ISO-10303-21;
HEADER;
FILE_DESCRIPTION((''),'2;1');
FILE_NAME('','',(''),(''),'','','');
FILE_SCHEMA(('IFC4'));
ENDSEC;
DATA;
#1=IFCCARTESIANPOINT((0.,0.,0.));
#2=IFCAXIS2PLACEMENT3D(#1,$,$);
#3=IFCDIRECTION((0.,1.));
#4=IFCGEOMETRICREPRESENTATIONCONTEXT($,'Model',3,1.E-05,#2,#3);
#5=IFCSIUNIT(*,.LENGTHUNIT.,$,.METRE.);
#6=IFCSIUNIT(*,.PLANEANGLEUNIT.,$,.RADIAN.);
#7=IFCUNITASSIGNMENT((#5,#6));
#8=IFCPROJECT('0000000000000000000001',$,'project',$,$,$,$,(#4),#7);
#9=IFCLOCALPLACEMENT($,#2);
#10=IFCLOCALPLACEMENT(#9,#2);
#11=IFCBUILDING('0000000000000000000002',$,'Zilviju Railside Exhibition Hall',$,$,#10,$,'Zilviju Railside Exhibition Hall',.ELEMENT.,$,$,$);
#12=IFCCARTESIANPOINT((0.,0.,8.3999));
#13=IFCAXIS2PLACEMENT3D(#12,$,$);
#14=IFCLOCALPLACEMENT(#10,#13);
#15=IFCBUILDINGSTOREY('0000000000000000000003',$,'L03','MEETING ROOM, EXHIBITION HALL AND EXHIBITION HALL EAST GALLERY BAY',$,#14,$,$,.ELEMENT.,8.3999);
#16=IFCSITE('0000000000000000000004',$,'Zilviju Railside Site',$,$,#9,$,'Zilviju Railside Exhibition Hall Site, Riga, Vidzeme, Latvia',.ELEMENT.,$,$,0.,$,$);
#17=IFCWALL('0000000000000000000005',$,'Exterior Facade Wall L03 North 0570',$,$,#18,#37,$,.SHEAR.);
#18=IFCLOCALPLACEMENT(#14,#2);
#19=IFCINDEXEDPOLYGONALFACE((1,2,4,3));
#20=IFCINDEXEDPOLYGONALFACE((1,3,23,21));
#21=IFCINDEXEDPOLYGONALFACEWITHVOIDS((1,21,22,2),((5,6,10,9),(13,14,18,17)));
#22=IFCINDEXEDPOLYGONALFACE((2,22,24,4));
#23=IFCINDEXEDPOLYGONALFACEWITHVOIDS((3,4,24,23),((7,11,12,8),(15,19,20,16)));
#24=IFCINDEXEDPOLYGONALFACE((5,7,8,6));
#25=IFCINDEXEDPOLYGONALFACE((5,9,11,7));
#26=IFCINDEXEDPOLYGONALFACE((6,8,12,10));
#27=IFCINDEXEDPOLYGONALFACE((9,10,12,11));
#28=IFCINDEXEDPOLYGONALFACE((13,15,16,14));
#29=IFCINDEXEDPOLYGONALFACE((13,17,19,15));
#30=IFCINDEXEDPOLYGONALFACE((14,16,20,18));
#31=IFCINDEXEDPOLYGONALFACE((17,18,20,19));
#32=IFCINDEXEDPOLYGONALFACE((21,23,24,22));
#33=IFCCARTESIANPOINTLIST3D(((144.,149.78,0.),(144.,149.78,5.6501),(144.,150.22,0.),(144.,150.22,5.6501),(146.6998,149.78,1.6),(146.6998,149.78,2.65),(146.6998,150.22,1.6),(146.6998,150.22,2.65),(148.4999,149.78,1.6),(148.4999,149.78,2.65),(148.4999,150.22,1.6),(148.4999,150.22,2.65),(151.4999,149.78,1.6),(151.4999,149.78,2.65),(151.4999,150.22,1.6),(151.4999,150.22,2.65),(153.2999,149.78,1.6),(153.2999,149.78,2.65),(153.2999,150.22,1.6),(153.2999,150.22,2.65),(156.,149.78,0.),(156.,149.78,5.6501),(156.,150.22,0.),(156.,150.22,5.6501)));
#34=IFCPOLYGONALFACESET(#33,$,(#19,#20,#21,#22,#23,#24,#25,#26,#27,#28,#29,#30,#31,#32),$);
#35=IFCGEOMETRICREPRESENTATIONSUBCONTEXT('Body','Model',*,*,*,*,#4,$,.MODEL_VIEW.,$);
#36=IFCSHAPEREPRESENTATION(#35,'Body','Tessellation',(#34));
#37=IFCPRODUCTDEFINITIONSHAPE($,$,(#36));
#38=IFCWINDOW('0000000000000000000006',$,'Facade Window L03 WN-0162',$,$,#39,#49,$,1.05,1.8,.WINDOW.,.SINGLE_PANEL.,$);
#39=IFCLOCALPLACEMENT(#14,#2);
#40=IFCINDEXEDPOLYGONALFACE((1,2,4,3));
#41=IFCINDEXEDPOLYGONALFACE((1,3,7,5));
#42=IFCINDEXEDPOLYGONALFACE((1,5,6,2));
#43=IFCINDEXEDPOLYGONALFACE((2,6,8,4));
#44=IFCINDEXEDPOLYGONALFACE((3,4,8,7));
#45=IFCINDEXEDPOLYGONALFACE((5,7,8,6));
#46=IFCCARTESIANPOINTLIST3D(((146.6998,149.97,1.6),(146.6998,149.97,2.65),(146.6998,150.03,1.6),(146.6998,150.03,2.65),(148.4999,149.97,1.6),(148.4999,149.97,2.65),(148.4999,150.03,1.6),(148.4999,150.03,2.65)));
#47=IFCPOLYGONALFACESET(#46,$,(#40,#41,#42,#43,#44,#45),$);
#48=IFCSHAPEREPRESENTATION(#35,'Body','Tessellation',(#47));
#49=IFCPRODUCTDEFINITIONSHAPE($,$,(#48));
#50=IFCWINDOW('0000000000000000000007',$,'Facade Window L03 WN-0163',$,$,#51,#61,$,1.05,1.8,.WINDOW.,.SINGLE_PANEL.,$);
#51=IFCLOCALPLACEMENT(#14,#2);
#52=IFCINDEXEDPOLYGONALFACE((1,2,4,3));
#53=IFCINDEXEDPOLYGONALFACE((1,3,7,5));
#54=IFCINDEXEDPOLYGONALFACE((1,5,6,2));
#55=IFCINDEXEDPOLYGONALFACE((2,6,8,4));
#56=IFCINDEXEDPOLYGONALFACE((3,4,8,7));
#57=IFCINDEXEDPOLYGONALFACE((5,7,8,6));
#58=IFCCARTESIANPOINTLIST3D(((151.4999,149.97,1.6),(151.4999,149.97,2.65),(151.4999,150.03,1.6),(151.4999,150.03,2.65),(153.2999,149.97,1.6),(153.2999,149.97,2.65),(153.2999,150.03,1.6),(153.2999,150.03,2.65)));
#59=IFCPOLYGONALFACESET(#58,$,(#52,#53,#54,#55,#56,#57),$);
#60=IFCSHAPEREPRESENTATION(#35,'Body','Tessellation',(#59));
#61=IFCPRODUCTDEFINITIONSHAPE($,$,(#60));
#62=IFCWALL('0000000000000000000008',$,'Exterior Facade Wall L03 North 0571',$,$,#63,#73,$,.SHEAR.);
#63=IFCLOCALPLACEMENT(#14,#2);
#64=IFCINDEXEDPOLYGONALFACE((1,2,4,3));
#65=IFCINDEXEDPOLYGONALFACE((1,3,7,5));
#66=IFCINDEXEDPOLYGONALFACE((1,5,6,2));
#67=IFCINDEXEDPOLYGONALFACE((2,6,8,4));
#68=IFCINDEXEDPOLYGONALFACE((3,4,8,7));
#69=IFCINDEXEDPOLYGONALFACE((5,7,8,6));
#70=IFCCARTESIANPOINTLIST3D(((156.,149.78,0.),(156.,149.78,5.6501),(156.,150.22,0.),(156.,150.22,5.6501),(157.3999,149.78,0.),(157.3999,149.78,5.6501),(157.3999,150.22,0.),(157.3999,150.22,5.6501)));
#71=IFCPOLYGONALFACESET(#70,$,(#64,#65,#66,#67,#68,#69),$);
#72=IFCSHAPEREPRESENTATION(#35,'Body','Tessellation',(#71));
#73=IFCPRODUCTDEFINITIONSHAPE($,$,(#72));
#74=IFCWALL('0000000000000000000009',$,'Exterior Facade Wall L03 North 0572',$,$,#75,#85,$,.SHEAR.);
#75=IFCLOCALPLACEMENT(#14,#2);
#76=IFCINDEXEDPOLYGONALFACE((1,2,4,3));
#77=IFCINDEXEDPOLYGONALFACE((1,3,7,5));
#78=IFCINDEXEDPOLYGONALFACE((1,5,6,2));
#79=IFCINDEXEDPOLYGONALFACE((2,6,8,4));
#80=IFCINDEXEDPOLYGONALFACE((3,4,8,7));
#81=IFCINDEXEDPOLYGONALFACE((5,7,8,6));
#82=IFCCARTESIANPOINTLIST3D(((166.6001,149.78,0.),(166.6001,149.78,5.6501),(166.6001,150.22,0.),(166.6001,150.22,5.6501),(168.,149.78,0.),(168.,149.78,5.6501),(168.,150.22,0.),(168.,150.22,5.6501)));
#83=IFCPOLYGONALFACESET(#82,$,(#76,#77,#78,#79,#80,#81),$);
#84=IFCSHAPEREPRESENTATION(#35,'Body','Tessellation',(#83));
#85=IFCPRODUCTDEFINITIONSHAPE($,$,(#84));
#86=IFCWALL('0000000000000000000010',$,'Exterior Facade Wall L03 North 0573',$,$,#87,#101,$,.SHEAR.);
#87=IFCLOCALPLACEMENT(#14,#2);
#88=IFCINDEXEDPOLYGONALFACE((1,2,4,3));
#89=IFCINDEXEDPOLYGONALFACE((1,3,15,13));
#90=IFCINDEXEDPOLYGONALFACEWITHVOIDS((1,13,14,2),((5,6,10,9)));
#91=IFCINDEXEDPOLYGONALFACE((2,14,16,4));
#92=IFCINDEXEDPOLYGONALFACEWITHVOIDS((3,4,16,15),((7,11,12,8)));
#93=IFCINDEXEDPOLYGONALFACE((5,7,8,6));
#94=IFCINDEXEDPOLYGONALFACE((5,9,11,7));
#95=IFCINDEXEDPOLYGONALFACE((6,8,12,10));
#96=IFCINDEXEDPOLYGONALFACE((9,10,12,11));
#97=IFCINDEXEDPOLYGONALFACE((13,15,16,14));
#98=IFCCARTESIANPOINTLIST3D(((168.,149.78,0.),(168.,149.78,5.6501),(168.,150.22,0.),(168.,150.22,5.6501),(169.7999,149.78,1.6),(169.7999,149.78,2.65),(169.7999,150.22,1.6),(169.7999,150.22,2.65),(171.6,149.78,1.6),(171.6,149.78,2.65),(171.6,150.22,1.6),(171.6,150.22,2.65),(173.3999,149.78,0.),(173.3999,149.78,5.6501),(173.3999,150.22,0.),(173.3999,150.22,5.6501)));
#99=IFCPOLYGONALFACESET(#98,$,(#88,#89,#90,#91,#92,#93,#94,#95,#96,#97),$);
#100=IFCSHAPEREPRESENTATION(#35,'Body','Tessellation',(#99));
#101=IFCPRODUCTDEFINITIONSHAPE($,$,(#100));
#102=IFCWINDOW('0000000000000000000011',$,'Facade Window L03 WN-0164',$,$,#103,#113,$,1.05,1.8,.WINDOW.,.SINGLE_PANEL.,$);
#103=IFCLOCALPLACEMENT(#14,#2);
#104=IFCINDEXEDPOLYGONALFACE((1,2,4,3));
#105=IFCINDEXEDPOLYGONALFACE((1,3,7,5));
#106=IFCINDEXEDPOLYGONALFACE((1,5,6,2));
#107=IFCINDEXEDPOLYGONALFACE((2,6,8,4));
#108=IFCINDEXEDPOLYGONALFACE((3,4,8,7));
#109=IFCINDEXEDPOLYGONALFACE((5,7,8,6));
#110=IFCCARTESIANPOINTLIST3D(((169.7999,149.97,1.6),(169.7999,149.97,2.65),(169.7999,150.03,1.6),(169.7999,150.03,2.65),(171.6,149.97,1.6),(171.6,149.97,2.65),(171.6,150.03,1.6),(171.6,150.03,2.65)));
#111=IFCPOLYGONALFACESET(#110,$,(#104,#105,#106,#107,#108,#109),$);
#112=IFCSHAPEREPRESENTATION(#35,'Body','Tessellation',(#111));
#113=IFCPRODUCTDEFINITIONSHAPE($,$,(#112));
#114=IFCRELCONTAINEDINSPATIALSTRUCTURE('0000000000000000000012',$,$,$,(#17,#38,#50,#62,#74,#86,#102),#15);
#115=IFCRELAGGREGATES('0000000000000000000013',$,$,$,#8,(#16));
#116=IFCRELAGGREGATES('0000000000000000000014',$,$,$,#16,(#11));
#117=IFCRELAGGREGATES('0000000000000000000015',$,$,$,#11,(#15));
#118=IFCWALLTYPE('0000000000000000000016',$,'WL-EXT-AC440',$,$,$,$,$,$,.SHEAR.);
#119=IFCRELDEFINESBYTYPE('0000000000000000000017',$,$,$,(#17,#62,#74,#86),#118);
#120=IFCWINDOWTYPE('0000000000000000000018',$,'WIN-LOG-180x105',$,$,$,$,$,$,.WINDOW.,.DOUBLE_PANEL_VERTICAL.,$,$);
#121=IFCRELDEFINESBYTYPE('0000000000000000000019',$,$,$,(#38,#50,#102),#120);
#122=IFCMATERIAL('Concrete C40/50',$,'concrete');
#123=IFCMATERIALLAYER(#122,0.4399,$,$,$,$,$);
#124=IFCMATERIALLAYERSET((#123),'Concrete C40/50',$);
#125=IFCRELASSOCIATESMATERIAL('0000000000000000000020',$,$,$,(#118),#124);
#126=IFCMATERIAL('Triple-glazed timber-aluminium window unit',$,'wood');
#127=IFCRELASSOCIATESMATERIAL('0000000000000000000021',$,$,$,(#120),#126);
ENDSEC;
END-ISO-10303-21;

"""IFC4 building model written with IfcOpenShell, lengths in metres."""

from ifc_helpers import new_model, si_unit, direction, frame, frame_2d, origin, place, context, subcontext, project, spatial, rectangle, extrude, material, layer, layer_set, type_object, element, fill, save


model = new_model("IFC4")

# Units and contexts
model_context = context("Model", 3, precision=1e-05, world=origin(), true_north=direction((0.0, 1.0)))
body_context = subcontext(model_context, "Body", "Model", "MODEL_VIEW")
ifc_project = project(units=[si_unit("LENGTHUNIT", "METRE"), si_unit("PLANEANGLEUNIT", "RADIAN")], contexts=[model_context])

# Site, building, storey
site_placement = place(None, origin())
site = spatial("IfcSite", under=ifc_project, at=site_placement, Name="Zilviju Railside Site", LongName="Zilviju Railside Exhibition Hall Site, Riga, Vidzeme, Latvia", CompositionType="ELEMENT", RefElevation=0.0)
building_placement = place(site_placement, origin())
building = spatial("IfcBuilding", under=site, at=building_placement, Name="Zilviju Railside Exhibition Hall", LongName="Zilviju Railside Exhibition Hall", CompositionType="ELEMENT")
storey_placement = place(building_placement, frame((0.0, 0.0, 8.3999)))
storey = spatial("IfcBuildingStorey", under=building, at=storey_placement, Name="L03", Description="MEETING ROOM, EXHIBITION HALL AND EXHIBITION HALL EAST GALLERY BAY", CompositionType="ELEMENT", Elevation=8.3999)

# Shared definitions
ifc_material_1 = material(Name="Concrete C40/50", Category="concrete")

# Wall, openings, windows
ifc_layer_1 = layer(ifc_material_1, 0.4399)
ifc_layer_set_1 = layer_set([ifc_layer_1], Name="Concrete C40/50")
wall_type_1 = type_object("IfcWallType", Name="WL-EXT-AC440", PredefinedType="SHEAR", material=ifc_layer_set_1)
wall_1_placement = place(storey_placement, frame((144.0, 150.0, 0.0), z_axis=(0.0, 0.0, 1.0), x_axis=(1.0, 0.0, 0.0)))
wall_1 = element("IfcWall", 1, at=wall_1_placement, inside=storey, type_object=wall_type_1, Name="Exterior Facade Wall L03 North 0570", PredefinedType="SHEAR", context=body_context, shape_type="SweptSolid", body=[
    extrude(rectangle(XDim=12.0, YDim=0.4399, at=frame_2d((6.0, 0.0))), origin(), (0.0, 0.0, 1.0), 5.6501),
])
opening_1_placement = place(wall_1_placement, frame((2.7, 0.0, 1.6001)))
opening_1 = element("IfcOpeningElement", 2, at=opening_1_placement, cuts=wall_1, PredefinedType="OPENING", context=body_context, shape_type="SweptSolid", body=[
    extrude(rectangle(XDim=1.8, YDim=1.05, at=frame_2d((0.8999, 0.5249))), frame((0.0, 0.23, 0.0), z_axis=(0.0, -1.0, 0.0), x_axis=(1.0, 0.0, 0.0)), (0.0, 0.0, 1.0), 0.46),
])
opening_2_placement = place(wall_1_placement, frame((7.5, 0.0, 1.6001)))
opening_2 = element("IfcOpeningElement", 3, at=opening_2_placement, cuts=wall_1, PredefinedType="OPENING", context=body_context, shape_type="SweptSolid", body=[
    extrude(rectangle(XDim=1.8, YDim=1.05, at=frame_2d((0.8999, 0.5249))), frame((0.0, 0.23, 0.0), z_axis=(0.0, -1.0, 0.0), x_axis=(1.0, 0.0, 0.0)), (0.0, 0.0, 1.0), 0.46),
])
ifc_material_2 = material(Name="Triple-glazed timber-aluminium window unit", Category="wood")
window_type = type_object("IfcWindowType", Name="WIN-LOG-180x105", PartitioningType="DOUBLE_PANEL_VERTICAL", PredefinedType="WINDOW", material=ifc_material_2)
window_1_placement = place(opening_1_placement, origin())
window_1 = element("IfcWindow", 4, at=window_1_placement, inside=storey, type_object=window_type, Name="Facade Window L03 WN-0162", OverallHeight=1.05, OverallWidth=1.8, PartitioningType="SINGLE_PANEL", PredefinedType="WINDOW", context=body_context, shape_type="SweptSolid", body=[
    extrude(rectangle(XDim=1.8, YDim=1.05, at=frame_2d((0.8999, 0.5249))), frame((0.0, 0.03, 0.0), z_axis=(0.0, -1.0, 0.0), x_axis=(1.0, 0.0, 0.0)), (0.0, 0.0, 1.0), 0.0601),
])
fill(opening_1, window_1)
window_2_placement = place(opening_2_placement, origin())
window_2 = element("IfcWindow", 5, at=window_2_placement, inside=storey, type_object=window_type, Name="Facade Window L03 WN-0163", OverallHeight=1.05, OverallWidth=1.8, PartitioningType="SINGLE_PANEL", PredefinedType="WINDOW", context=body_context, shape_type="SweptSolid", body=[
    extrude(rectangle(XDim=1.8, YDim=1.05, at=frame_2d((0.8999, 0.5249))), frame((0.0, 0.03, 0.0), z_axis=(0.0, -1.0, 0.0), x_axis=(1.0, 0.0, 0.0)), (0.0, 0.0, 1.0), 0.0601),
])
fill(opening_2, window_2)

# Walls
for number, where, z_axis, x_axis, name in (
    (6, (156.0, 150.0, 0.0), (0.0, 0.0, 1.0), (1.0, 0.0, 0.0), "Exterior Facade Wall L03 North 0571"),
    (7, (166.6001, 150.0, 0.0), (0.0, 0.0, 1.0), (1.0, 0.0, 0.0), "Exterior Facade Wall L03 North 0572"),
):
    element("IfcWall", number, at=place(storey_placement, frame(where, z_axis=z_axis, x_axis=x_axis)), inside=storey, type_object=wall_type_1, Name=name, PredefinedType="SHEAR", context=body_context, shape_type="SweptSolid", body=[
        extrude(rectangle(XDim=1.3999, YDim=0.4399, at=frame_2d((0.7, 0.0))), origin(), (0.0, 0.0, 1.0), 5.6501),
    ])

# Wall, opening, window
wall_2_placement = place(storey_placement, frame((168.0, 150.0, 0.0), z_axis=(0.0, 0.0, 1.0), x_axis=(1.0, 0.0, 0.0)))
wall_2 = element("IfcWall", 8, at=wall_2_placement, inside=storey, type_object=wall_type_1, Name="Exterior Facade Wall L03 North 0573", PredefinedType="SHEAR", context=body_context, shape_type="SweptSolid", body=[
    extrude(rectangle(XDim=5.3999, YDim=0.4399, at=frame_2d((2.7, 0.0))), origin(), (0.0, 0.0, 1.0), 5.6501),
])
opening_3_placement = place(wall_2_placement, frame((1.8, 0.0, 1.6001)))
opening_3 = element("IfcOpeningElement", 9, at=opening_3_placement, cuts=wall_2, PredefinedType="OPENING", context=body_context, shape_type="SweptSolid", body=[
    extrude(rectangle(XDim=1.8, YDim=1.05, at=frame_2d((0.8999, 0.5249))), frame((0.0, 0.23, 0.0), z_axis=(0.0, -1.0, 0.0), x_axis=(1.0, 0.0, 0.0)), (0.0, 0.0, 1.0), 0.46),
])
window_3_placement = place(opening_3_placement, origin())
window_3 = element("IfcWindow", 10, at=window_3_placement, inside=storey, type_object=window_type, Name="Facade Window L03 WN-0164", OverallHeight=1.05, OverallWidth=1.8, PartitioningType="SINGLE_PANEL", PredefinedType="WINDOW", context=body_context, shape_type="SweptSolid", body=[
    extrude(rectangle(XDim=1.8, YDim=1.05, at=frame_2d((0.8999, 0.5249))), frame((0.0, 0.03, 0.0), z_axis=(0.0, -1.0, 0.0), x_axis=(1.0, 0.0, 0.0)), (0.0, 0.0, 1.0), 0.0601),
])
fill(opening_3, window_3)

save(model, "model.ifc")
